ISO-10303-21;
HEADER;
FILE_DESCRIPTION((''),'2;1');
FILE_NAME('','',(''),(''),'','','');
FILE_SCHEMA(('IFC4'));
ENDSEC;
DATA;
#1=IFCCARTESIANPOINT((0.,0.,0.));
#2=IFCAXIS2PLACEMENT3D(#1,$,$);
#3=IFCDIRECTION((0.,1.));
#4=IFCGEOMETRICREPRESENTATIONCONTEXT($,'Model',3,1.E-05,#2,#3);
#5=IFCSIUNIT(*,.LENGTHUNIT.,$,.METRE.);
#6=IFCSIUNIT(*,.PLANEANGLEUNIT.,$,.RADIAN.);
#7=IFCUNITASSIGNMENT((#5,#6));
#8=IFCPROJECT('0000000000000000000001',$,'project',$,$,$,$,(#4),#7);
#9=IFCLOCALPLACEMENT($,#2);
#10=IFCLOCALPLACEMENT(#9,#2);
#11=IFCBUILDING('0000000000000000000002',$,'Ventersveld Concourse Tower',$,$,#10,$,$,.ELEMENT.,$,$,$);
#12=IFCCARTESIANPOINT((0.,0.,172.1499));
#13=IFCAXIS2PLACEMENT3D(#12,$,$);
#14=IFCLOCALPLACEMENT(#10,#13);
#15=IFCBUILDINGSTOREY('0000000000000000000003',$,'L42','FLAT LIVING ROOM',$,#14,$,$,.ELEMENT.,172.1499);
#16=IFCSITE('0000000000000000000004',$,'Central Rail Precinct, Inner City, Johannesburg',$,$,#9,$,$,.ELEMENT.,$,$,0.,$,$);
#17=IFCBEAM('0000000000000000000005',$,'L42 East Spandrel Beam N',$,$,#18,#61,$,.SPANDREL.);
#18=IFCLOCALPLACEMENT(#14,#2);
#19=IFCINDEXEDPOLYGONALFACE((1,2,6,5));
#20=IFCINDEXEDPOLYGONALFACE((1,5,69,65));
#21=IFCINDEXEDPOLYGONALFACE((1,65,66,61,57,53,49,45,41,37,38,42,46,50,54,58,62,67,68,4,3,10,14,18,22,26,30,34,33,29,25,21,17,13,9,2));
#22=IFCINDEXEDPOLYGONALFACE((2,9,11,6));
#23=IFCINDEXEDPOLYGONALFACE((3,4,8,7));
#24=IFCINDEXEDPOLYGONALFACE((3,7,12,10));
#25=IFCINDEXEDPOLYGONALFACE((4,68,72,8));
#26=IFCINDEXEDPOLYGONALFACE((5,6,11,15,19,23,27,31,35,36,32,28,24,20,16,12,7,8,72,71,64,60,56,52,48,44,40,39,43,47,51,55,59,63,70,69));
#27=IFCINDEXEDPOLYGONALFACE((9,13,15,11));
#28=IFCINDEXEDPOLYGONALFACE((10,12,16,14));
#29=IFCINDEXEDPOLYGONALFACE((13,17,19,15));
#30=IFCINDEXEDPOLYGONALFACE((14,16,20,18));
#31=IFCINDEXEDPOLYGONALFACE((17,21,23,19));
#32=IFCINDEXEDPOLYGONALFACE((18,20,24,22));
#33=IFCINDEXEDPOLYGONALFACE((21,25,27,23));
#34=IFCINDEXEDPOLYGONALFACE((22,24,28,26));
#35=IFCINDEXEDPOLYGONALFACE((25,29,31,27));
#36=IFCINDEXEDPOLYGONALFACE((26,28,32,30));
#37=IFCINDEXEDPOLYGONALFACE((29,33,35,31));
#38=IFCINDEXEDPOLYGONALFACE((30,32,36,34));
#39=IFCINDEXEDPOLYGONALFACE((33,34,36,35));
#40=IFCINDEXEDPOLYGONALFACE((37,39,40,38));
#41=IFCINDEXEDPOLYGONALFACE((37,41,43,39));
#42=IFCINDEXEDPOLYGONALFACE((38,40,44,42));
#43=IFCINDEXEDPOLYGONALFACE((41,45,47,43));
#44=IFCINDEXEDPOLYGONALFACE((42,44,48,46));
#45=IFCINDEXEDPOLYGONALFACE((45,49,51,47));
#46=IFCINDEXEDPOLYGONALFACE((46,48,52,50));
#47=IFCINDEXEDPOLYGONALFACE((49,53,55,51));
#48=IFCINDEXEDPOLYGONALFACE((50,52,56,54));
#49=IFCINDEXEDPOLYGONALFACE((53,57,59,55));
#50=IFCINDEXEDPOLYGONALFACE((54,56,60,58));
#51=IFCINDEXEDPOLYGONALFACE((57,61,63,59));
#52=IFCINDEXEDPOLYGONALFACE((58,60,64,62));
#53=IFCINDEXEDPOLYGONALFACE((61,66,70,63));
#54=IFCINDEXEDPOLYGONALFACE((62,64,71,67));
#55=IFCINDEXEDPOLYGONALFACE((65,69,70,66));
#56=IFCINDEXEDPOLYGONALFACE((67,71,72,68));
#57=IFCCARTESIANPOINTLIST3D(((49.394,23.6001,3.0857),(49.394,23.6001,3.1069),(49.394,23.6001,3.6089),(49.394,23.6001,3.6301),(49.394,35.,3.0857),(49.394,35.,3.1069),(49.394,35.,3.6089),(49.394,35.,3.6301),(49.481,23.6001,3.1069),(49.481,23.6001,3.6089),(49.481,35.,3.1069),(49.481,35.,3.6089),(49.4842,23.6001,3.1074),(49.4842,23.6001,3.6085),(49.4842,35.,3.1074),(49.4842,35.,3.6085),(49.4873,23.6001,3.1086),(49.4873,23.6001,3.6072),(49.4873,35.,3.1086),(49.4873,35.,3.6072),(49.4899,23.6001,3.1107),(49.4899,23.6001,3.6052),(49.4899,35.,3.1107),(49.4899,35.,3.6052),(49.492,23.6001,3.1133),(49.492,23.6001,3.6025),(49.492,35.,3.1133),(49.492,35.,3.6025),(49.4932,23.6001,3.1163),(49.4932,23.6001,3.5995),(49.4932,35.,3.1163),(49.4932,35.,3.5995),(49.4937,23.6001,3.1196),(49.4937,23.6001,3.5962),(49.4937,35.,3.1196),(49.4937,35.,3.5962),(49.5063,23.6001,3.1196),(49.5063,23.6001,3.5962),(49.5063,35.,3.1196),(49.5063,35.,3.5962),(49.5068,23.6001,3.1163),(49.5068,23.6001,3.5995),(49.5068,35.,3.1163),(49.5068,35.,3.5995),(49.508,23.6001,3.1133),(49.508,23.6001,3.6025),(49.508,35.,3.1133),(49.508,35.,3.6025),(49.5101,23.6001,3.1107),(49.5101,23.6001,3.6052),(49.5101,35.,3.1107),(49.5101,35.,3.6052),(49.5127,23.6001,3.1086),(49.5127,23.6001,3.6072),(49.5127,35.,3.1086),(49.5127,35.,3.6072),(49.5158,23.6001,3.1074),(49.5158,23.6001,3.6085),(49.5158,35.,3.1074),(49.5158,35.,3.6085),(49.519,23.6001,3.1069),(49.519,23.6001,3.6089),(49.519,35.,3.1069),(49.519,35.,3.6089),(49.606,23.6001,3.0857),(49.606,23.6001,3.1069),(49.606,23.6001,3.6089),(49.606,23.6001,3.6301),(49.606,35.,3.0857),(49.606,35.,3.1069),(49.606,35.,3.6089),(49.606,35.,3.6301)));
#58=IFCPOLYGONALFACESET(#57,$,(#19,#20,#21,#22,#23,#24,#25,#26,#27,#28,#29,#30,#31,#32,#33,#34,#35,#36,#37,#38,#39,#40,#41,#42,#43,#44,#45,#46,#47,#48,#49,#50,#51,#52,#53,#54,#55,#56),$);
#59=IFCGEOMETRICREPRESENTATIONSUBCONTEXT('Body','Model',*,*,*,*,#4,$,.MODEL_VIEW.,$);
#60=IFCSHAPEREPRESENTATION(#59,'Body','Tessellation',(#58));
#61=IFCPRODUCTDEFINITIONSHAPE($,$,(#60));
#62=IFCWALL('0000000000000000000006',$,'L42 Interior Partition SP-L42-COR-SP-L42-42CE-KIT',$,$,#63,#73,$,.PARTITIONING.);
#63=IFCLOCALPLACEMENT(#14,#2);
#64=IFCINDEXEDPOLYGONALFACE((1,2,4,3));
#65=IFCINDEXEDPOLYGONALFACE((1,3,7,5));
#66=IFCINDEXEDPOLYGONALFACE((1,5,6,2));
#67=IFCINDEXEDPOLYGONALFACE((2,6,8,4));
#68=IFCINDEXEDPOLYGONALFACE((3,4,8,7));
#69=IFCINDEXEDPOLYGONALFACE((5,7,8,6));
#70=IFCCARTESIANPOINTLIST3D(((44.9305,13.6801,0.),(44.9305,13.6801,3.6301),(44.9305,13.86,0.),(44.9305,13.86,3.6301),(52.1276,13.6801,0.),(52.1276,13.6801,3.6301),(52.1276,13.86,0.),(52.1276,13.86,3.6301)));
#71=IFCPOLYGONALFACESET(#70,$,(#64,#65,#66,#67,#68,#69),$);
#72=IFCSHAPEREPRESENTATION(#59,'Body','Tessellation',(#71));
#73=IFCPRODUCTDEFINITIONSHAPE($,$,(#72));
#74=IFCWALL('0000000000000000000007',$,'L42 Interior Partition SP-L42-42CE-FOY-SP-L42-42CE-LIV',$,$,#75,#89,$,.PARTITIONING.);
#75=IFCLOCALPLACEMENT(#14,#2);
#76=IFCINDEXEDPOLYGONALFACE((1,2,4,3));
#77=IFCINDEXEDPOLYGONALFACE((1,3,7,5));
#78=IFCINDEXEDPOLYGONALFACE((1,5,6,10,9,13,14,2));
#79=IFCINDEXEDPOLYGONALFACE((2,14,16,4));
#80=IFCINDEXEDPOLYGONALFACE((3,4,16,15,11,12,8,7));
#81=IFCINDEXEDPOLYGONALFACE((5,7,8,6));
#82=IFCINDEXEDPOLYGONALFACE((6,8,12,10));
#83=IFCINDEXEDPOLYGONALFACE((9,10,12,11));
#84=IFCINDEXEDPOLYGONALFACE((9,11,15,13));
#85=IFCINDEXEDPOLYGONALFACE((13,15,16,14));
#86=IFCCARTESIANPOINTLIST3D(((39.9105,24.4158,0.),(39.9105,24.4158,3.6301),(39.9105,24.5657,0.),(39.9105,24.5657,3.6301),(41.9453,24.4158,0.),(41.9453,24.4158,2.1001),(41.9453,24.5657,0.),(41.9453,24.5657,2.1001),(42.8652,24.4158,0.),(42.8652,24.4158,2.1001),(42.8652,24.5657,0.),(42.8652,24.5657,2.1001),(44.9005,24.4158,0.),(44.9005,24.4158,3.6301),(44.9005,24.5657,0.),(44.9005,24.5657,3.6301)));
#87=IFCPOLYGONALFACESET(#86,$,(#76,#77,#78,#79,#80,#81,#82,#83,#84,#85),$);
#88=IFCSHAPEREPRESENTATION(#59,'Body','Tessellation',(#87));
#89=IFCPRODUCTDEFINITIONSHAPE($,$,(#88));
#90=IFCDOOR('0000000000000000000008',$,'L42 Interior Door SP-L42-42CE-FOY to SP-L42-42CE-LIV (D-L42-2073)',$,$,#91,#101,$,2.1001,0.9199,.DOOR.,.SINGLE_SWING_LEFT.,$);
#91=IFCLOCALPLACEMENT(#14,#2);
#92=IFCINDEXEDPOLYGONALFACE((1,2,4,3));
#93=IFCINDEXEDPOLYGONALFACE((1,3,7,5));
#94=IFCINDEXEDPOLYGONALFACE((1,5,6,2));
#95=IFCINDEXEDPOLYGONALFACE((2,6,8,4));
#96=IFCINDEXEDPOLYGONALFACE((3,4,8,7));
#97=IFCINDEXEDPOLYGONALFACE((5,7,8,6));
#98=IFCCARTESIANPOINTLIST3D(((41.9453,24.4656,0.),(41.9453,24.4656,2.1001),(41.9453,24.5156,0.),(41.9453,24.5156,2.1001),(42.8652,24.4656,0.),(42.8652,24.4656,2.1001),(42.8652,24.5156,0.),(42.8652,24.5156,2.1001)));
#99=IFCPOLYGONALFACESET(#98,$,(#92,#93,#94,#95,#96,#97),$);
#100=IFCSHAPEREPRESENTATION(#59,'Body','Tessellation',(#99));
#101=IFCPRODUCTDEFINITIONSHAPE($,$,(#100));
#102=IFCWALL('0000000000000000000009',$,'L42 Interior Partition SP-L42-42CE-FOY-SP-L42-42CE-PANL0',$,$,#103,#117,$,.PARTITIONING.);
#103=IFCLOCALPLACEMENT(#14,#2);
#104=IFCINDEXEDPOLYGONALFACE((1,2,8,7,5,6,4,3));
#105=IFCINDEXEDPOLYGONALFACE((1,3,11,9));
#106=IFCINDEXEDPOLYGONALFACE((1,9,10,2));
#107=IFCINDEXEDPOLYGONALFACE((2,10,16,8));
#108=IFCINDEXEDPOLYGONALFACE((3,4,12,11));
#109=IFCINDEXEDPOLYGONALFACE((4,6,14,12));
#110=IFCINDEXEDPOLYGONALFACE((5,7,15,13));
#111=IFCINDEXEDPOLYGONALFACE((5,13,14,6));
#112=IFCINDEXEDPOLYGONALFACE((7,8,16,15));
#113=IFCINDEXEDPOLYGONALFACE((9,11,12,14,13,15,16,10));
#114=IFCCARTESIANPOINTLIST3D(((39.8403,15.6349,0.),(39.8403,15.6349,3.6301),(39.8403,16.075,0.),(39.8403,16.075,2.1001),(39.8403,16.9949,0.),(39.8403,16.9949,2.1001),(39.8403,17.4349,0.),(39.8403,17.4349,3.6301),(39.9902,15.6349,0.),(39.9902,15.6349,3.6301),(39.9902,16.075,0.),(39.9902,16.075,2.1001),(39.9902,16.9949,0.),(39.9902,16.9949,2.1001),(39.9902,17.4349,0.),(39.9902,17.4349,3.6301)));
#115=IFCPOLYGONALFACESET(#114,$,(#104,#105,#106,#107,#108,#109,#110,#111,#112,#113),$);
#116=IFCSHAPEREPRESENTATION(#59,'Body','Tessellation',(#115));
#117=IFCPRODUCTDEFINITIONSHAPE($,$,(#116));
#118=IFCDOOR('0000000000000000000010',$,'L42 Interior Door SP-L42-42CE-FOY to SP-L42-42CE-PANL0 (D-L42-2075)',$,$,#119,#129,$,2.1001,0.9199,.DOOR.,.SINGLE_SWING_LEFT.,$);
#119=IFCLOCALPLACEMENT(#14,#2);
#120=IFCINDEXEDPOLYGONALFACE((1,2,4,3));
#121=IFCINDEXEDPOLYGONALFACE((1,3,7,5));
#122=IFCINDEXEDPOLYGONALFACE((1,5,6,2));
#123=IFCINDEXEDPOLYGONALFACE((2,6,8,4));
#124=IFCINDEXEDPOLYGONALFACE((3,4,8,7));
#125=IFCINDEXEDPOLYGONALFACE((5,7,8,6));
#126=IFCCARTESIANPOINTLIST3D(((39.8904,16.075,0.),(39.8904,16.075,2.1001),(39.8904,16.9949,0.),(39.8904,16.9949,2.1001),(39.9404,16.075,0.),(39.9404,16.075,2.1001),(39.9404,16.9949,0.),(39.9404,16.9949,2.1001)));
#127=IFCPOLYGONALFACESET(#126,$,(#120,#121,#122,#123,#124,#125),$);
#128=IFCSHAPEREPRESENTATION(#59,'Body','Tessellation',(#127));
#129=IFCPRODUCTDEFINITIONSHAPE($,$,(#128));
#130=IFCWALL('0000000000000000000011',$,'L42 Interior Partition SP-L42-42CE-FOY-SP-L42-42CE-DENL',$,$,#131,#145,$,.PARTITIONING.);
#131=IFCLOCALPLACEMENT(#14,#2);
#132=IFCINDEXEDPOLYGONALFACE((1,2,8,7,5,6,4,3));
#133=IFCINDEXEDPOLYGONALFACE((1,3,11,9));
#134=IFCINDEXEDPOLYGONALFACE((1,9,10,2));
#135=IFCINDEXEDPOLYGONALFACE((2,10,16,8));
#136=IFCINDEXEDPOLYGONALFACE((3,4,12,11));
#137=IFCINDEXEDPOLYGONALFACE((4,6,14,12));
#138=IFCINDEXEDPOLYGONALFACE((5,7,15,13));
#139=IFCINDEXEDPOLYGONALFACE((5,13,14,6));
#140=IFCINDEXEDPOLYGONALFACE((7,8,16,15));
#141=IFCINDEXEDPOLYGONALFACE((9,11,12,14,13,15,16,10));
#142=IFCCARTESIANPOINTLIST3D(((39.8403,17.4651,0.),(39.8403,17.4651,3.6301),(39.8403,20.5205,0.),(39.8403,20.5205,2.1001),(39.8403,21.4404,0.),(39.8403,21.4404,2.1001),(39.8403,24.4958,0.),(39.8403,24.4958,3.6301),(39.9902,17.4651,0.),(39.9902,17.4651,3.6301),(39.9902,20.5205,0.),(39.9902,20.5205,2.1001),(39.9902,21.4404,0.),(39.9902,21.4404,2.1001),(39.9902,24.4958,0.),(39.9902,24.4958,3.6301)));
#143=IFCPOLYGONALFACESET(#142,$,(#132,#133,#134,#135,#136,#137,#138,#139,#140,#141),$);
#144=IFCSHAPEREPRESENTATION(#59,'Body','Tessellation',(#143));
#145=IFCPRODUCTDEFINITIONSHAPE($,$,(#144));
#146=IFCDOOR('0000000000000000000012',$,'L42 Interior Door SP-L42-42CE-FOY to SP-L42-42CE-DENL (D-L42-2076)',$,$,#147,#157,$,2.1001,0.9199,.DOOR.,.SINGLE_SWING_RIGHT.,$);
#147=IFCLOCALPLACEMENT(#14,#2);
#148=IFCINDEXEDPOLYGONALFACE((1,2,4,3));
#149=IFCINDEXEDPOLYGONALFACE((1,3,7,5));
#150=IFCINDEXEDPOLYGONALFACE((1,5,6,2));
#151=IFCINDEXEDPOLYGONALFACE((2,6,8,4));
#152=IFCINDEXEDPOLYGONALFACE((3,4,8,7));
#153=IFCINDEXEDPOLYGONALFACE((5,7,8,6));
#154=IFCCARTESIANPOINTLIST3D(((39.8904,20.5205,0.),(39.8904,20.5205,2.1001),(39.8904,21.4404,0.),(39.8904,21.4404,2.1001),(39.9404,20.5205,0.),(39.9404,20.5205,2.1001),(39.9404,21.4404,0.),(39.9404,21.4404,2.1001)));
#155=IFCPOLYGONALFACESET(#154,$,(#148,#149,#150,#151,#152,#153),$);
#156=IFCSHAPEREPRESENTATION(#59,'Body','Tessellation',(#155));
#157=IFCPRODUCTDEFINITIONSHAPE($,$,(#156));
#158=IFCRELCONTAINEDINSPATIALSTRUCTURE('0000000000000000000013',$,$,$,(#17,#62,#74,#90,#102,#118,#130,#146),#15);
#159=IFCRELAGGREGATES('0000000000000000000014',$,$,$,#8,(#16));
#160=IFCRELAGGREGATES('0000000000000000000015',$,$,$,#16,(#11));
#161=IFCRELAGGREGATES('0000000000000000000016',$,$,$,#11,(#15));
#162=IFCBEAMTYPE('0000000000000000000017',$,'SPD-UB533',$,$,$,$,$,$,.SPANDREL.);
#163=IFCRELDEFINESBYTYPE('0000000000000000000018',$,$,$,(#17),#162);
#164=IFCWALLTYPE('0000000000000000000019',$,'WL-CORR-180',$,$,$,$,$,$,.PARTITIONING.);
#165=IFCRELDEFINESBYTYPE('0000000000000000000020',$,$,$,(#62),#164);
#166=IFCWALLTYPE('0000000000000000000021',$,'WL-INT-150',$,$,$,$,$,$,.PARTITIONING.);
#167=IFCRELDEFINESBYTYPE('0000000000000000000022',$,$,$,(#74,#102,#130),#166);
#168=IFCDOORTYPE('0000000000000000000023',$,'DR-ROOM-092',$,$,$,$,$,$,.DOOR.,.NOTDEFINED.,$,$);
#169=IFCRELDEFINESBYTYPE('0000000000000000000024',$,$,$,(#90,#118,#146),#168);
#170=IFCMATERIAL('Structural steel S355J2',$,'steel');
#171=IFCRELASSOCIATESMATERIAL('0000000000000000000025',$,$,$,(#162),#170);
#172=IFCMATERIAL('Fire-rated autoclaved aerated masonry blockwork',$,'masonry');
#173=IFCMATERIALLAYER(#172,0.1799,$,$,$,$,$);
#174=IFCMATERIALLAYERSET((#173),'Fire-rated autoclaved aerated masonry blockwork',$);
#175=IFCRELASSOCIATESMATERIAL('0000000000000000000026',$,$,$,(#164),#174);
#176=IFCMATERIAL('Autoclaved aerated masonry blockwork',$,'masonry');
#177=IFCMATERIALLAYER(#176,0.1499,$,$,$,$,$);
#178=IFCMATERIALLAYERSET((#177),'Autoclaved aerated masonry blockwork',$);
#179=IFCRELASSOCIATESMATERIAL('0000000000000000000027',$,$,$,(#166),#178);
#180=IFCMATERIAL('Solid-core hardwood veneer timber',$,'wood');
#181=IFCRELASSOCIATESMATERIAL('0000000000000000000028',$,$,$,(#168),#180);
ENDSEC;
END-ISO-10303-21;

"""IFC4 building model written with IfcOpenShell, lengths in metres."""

from ifc_helpers import new_model, si_unit, direction, frame, frame_2d, origin, origin_2d, place, context, subcontext, project, spatial, rectangle, i_section, extrude, material, layer, layer_set, material_profile, profile_set, type_object, element, fill, save


model = new_model("IFC4")

# Units and contexts
model_context = context("Model", 3, precision=1e-05, world=origin(), true_north=direction((0.0, 1.0)))
body_context = subcontext(model_context, "Body", "Model", "MODEL_VIEW")
ifc_project = project(units=[si_unit("LENGTHUNIT", "METRE"), si_unit("PLANEANGLEUNIT", "RADIAN")], contexts=[model_context])

# Site, building, storey
site_placement = place(None, origin())
site = spatial("IfcSite", under=ifc_project, at=site_placement, Name="Central Rail Precinct, Inner City, Johannesburg", CompositionType="ELEMENT", RefElevation=0.0)
building_placement = place(site_placement, origin())
building = spatial("IfcBuilding", under=site, at=building_placement, Name="Ventersveld Concourse Tower", CompositionType="ELEMENT")
storey_placement = place(building_placement, frame((0.0, 0.0, 172.1499)))
storey = spatial("IfcBuildingStorey", under=building, at=storey_placement, Name="L42", Description="FLAT LIVING ROOM", CompositionType="ELEMENT", Elevation=172.1499)

# Beam
ifc_material_1 = material(Name="Structural steel S355J2", Category="steel")
ifc_material_profile_1 = material_profile(ifc_material_1, i_section(OverallWidth=0.2119, OverallDepth=0.5444, WebThickness=0.0127, FlangeThickness=0.0212, FilletRadius=0.0127, at=origin_2d()), Name="UB 533x210x122")
ifc_profile_set_1 = profile_set([ifc_material_profile_1], Name="Structural steel S355J2")
beam_type_1 = type_object("IfcBeamType", Name="SPD-UB533", PredefinedType="SPANDREL", material=ifc_profile_set_1)
beam_1_placement = place(storey_placement, frame((49.5, 23.6001, 3.3579), z_axis=(0.0, 1.0, 0.0), x_axis=(-1.0, 0.0, 0.0)))
element("IfcBeam", 1, at=beam_1_placement, inside=storey, type_object=beam_type_1, Name="L42 East Spandrel Beam N", PredefinedType="SPANDREL", context=body_context, shape_type="SweptSolid", body=[
    extrude(i_section(OverallWidth=0.2119, OverallDepth=0.5444, WebThickness=0.0127, FlangeThickness=0.0212, FilletRadius=0.0127, at=origin_2d()), origin(), (0.0, 0.0, 1.0), 11.3999),
])

# Shared definitions
ifc_material_2 = material(Name="Fire-rated autoclaved aerated masonry blockwork", Category="masonry")
ifc_layer_1 = layer(ifc_material_2, 0.1799)
ifc_layer_set_1 = layer_set([ifc_layer_1], Name="Fire-rated autoclaved aerated masonry blockwork")
wall_type_1 = type_object("IfcWallType", Name="WL-CORR-180", PredefinedType="PARTITIONING", material=ifc_layer_set_1)
ifc_material_3 = material(Name="Solid-core hardwood veneer timber", Category="wood")

# Wall
wall_1_placement = place(storey_placement, frame((44.9304, 13.77, 0.0), z_axis=(0.0, 0.0, 1.0), x_axis=(1.0, 0.0, 0.0)))
element("IfcWall", 2, at=wall_1_placement, inside=storey, type_object=wall_type_1, Name="L42 Interior Partition SP-L42-COR-SP-L42-42CE-KIT", PredefinedType="PARTITIONING", context=body_context, shape_type="SweptSolid", body=[
    extrude(rectangle(XDim=7.197, YDim=0.1799, at=frame_2d((3.5986, 0.0))), origin(), (0.0, 0.0, 1.0), 3.6301),
])

# Walls, openings, doors
ifc_material_4 = material(Name="Autoclaved aerated masonry blockwork", Category="masonry")
ifc_layer_2 = layer(ifc_material_4, 0.1499)
ifc_layer_set_2 = layer_set([ifc_layer_2], Name="Autoclaved aerated masonry blockwork")
wall_type_2 = type_object("IfcWallType", Name="WL-INT-150", PredefinedType="PARTITIONING", material=ifc_layer_set_2)
wall_2_placement = place(storey_placement, frame((39.9104, 24.4907, 0.0), z_axis=(0.0, 0.0, 1.0), x_axis=(1.0, 0.0, 0.0)))
wall_2 = element("IfcWall", 3, at=wall_2_placement, inside=storey, type_object=wall_type_2, Name="L42 Interior Partition SP-L42-42CE-FOY-SP-L42-42CE-LIV", PredefinedType="PARTITIONING", context=body_context, shape_type="SweptSolid", body=[
    extrude(rectangle(XDim=4.99, YDim=0.1499, at=frame_2d((2.4951, 0.0))), origin(), (0.0, 0.0, 1.0), 3.6301),
])
opening_1_placement = place(wall_2_placement, frame((2.0349, 0.0, 0.0)))
opening_1 = element("IfcOpeningElement", 4, at=opening_1_placement, cuts=wall_2, PredefinedType="OPENING", context=body_context, shape_type="SweptSolid", body=[
    extrude(rectangle(XDim=0.9199, YDim=2.1001, at=frame_2d((0.46, 1.05))), frame((0.0, 0.085, 0.0), z_axis=(0.0, -1.0, 0.0), x_axis=(1.0, 0.0, 0.0)), (0.0, 0.0, 1.0), 0.1699),
])
door_type_1 = type_object("IfcDoorType", Name="DR-ROOM-092", OperationType="NOTDEFINED", PredefinedType="DOOR", material=ifc_material_3)
door_1_placement = place(opening_1_placement, origin())
door_1 = element("IfcDoor", 5, at=door_1_placement, inside=storey, type_object=door_type_1, Name="L42 Interior Door SP-L42-42CE-FOY to SP-L42-42CE-LIV (D-L42-2073)", OperationType="SINGLE_SWING_LEFT", OverallHeight=2.1001, OverallWidth=0.9199, PredefinedType="DOOR", context=body_context, shape_type="SweptSolid", body=[
    extrude(rectangle(XDim=0.9199, YDim=2.1001, at=frame_2d((0.46, 1.05))), frame((0.0, 0.0249, 0.0), z_axis=(0.0, -1.0, 0.0), x_axis=(1.0, 0.0, 0.0)), (0.0, 0.0, 1.0), 0.05),
])
fill(opening_1, door_1)
wall_3_placement = place(storey_placement, frame((39.9153, 15.635, 0.0), z_axis=(0.0, 0.0, 1.0), x_axis=(0.0, 1.0, 0.0)))
wall_3 = element("IfcWall", 6, at=wall_3_placement, inside=storey, type_object=wall_type_2, Name="L42 Interior Partition SP-L42-42CE-FOY-SP-L42-42CE-PANL0", PredefinedType="PARTITIONING", context=body_context, shape_type="SweptSolid", body=[
    extrude(rectangle(XDim=1.8, YDim=0.1499, at=frame_2d((0.8999, 0.0))), origin(), (0.0, 0.0, 1.0), 3.6301),
])
opening_2_placement = place(wall_3_placement, frame((0.4399, 0.0, 0.0)))
opening_2 = element("IfcOpeningElement", 7, at=opening_2_placement, cuts=wall_3, PredefinedType="OPENING", context=body_context, shape_type="SweptSolid", body=[
    extrude(rectangle(XDim=0.9199, YDim=2.1001, at=frame_2d((0.46, 1.05))), frame((0.0, 0.085, 0.0), z_axis=(0.0, -1.0, 0.0), x_axis=(1.0, 0.0, 0.0)), (0.0, 0.0, 1.0), 0.1699),
])
door_2_placement = place(opening_2_placement, origin())
door_2 = element("IfcDoor", 8, at=door_2_placement, inside=storey, type_object=door_type_1, Name="L42 Interior Door SP-L42-42CE-FOY to SP-L42-42CE-PANL0 (D-L42-2075)", OperationType="SINGLE_SWING_LEFT", OverallHeight=2.1001, OverallWidth=0.9199, PredefinedType="DOOR", context=body_context, shape_type="SweptSolid", body=[
    extrude(rectangle(XDim=0.9199, YDim=2.1001, at=frame_2d((0.46, 1.05))), frame((0.0, 0.0249, 0.0), z_axis=(0.0, -1.0, 0.0), x_axis=(1.0, 0.0, 0.0)), (0.0, 0.0, 1.0), 0.05),
])
fill(opening_2, door_2)
wall_4_placement = place(storey_placement, frame((39.9153, 17.4651, 0.0), z_axis=(0.0, 0.0, 1.0), x_axis=(0.0, 1.0, 0.0)))
wall_4 = element("IfcWall", 9, at=wall_4_placement, inside=storey, type_object=wall_type_2, Name="L42 Interior Partition SP-L42-42CE-FOY-SP-L42-42CE-DENL", PredefinedType="PARTITIONING", context=body_context, shape_type="SweptSolid", body=[
    extrude(rectangle(XDim=7.0308, YDim=0.1499, at=frame_2d((3.5154, 0.0))), origin(), (0.0, 0.0, 1.0), 3.6301),
])
opening_3_placement = place(wall_4_placement, frame((3.0554, 0.0, 0.0)))
opening_3 = element("IfcOpeningElement", 10, at=opening_3_placement, cuts=wall_4, PredefinedType="OPENING", context=body_context, shape_type="SweptSolid", body=[
    extrude(rectangle(XDim=0.9199, YDim=2.1001, at=frame_2d((0.46, 1.05))), frame((0.0, 0.085, 0.0), z_axis=(0.0, -1.0, 0.0), x_axis=(1.0, 0.0, 0.0)), (0.0, 0.0, 1.0), 0.1699),
])
door_3_placement = place(opening_3_placement, origin())
door_3 = element("IfcDoor", 11, at=door_3_placement, inside=storey, type_object=door_type_1, Name="L42 Interior Door SP-L42-42CE-FOY to SP-L42-42CE-DENL (D-L42-2076)", OperationType="SINGLE_SWING_RIGHT", OverallHeight=2.1001, OverallWidth=0.9199, PredefinedType="DOOR", context=body_context, shape_type="SweptSolid", body=[
    extrude(rectangle(XDim=0.9199, YDim=2.1001, at=frame_2d((0.46, 1.05))), frame((0.0, 0.0249, 0.0), z_axis=(0.0, -1.0, 0.0), x_axis=(1.0, 0.0, 0.0)), (0.0, 0.0, 1.0), 0.05),
])
fill(opening_3, door_3)

save(model, "model.ifc")
